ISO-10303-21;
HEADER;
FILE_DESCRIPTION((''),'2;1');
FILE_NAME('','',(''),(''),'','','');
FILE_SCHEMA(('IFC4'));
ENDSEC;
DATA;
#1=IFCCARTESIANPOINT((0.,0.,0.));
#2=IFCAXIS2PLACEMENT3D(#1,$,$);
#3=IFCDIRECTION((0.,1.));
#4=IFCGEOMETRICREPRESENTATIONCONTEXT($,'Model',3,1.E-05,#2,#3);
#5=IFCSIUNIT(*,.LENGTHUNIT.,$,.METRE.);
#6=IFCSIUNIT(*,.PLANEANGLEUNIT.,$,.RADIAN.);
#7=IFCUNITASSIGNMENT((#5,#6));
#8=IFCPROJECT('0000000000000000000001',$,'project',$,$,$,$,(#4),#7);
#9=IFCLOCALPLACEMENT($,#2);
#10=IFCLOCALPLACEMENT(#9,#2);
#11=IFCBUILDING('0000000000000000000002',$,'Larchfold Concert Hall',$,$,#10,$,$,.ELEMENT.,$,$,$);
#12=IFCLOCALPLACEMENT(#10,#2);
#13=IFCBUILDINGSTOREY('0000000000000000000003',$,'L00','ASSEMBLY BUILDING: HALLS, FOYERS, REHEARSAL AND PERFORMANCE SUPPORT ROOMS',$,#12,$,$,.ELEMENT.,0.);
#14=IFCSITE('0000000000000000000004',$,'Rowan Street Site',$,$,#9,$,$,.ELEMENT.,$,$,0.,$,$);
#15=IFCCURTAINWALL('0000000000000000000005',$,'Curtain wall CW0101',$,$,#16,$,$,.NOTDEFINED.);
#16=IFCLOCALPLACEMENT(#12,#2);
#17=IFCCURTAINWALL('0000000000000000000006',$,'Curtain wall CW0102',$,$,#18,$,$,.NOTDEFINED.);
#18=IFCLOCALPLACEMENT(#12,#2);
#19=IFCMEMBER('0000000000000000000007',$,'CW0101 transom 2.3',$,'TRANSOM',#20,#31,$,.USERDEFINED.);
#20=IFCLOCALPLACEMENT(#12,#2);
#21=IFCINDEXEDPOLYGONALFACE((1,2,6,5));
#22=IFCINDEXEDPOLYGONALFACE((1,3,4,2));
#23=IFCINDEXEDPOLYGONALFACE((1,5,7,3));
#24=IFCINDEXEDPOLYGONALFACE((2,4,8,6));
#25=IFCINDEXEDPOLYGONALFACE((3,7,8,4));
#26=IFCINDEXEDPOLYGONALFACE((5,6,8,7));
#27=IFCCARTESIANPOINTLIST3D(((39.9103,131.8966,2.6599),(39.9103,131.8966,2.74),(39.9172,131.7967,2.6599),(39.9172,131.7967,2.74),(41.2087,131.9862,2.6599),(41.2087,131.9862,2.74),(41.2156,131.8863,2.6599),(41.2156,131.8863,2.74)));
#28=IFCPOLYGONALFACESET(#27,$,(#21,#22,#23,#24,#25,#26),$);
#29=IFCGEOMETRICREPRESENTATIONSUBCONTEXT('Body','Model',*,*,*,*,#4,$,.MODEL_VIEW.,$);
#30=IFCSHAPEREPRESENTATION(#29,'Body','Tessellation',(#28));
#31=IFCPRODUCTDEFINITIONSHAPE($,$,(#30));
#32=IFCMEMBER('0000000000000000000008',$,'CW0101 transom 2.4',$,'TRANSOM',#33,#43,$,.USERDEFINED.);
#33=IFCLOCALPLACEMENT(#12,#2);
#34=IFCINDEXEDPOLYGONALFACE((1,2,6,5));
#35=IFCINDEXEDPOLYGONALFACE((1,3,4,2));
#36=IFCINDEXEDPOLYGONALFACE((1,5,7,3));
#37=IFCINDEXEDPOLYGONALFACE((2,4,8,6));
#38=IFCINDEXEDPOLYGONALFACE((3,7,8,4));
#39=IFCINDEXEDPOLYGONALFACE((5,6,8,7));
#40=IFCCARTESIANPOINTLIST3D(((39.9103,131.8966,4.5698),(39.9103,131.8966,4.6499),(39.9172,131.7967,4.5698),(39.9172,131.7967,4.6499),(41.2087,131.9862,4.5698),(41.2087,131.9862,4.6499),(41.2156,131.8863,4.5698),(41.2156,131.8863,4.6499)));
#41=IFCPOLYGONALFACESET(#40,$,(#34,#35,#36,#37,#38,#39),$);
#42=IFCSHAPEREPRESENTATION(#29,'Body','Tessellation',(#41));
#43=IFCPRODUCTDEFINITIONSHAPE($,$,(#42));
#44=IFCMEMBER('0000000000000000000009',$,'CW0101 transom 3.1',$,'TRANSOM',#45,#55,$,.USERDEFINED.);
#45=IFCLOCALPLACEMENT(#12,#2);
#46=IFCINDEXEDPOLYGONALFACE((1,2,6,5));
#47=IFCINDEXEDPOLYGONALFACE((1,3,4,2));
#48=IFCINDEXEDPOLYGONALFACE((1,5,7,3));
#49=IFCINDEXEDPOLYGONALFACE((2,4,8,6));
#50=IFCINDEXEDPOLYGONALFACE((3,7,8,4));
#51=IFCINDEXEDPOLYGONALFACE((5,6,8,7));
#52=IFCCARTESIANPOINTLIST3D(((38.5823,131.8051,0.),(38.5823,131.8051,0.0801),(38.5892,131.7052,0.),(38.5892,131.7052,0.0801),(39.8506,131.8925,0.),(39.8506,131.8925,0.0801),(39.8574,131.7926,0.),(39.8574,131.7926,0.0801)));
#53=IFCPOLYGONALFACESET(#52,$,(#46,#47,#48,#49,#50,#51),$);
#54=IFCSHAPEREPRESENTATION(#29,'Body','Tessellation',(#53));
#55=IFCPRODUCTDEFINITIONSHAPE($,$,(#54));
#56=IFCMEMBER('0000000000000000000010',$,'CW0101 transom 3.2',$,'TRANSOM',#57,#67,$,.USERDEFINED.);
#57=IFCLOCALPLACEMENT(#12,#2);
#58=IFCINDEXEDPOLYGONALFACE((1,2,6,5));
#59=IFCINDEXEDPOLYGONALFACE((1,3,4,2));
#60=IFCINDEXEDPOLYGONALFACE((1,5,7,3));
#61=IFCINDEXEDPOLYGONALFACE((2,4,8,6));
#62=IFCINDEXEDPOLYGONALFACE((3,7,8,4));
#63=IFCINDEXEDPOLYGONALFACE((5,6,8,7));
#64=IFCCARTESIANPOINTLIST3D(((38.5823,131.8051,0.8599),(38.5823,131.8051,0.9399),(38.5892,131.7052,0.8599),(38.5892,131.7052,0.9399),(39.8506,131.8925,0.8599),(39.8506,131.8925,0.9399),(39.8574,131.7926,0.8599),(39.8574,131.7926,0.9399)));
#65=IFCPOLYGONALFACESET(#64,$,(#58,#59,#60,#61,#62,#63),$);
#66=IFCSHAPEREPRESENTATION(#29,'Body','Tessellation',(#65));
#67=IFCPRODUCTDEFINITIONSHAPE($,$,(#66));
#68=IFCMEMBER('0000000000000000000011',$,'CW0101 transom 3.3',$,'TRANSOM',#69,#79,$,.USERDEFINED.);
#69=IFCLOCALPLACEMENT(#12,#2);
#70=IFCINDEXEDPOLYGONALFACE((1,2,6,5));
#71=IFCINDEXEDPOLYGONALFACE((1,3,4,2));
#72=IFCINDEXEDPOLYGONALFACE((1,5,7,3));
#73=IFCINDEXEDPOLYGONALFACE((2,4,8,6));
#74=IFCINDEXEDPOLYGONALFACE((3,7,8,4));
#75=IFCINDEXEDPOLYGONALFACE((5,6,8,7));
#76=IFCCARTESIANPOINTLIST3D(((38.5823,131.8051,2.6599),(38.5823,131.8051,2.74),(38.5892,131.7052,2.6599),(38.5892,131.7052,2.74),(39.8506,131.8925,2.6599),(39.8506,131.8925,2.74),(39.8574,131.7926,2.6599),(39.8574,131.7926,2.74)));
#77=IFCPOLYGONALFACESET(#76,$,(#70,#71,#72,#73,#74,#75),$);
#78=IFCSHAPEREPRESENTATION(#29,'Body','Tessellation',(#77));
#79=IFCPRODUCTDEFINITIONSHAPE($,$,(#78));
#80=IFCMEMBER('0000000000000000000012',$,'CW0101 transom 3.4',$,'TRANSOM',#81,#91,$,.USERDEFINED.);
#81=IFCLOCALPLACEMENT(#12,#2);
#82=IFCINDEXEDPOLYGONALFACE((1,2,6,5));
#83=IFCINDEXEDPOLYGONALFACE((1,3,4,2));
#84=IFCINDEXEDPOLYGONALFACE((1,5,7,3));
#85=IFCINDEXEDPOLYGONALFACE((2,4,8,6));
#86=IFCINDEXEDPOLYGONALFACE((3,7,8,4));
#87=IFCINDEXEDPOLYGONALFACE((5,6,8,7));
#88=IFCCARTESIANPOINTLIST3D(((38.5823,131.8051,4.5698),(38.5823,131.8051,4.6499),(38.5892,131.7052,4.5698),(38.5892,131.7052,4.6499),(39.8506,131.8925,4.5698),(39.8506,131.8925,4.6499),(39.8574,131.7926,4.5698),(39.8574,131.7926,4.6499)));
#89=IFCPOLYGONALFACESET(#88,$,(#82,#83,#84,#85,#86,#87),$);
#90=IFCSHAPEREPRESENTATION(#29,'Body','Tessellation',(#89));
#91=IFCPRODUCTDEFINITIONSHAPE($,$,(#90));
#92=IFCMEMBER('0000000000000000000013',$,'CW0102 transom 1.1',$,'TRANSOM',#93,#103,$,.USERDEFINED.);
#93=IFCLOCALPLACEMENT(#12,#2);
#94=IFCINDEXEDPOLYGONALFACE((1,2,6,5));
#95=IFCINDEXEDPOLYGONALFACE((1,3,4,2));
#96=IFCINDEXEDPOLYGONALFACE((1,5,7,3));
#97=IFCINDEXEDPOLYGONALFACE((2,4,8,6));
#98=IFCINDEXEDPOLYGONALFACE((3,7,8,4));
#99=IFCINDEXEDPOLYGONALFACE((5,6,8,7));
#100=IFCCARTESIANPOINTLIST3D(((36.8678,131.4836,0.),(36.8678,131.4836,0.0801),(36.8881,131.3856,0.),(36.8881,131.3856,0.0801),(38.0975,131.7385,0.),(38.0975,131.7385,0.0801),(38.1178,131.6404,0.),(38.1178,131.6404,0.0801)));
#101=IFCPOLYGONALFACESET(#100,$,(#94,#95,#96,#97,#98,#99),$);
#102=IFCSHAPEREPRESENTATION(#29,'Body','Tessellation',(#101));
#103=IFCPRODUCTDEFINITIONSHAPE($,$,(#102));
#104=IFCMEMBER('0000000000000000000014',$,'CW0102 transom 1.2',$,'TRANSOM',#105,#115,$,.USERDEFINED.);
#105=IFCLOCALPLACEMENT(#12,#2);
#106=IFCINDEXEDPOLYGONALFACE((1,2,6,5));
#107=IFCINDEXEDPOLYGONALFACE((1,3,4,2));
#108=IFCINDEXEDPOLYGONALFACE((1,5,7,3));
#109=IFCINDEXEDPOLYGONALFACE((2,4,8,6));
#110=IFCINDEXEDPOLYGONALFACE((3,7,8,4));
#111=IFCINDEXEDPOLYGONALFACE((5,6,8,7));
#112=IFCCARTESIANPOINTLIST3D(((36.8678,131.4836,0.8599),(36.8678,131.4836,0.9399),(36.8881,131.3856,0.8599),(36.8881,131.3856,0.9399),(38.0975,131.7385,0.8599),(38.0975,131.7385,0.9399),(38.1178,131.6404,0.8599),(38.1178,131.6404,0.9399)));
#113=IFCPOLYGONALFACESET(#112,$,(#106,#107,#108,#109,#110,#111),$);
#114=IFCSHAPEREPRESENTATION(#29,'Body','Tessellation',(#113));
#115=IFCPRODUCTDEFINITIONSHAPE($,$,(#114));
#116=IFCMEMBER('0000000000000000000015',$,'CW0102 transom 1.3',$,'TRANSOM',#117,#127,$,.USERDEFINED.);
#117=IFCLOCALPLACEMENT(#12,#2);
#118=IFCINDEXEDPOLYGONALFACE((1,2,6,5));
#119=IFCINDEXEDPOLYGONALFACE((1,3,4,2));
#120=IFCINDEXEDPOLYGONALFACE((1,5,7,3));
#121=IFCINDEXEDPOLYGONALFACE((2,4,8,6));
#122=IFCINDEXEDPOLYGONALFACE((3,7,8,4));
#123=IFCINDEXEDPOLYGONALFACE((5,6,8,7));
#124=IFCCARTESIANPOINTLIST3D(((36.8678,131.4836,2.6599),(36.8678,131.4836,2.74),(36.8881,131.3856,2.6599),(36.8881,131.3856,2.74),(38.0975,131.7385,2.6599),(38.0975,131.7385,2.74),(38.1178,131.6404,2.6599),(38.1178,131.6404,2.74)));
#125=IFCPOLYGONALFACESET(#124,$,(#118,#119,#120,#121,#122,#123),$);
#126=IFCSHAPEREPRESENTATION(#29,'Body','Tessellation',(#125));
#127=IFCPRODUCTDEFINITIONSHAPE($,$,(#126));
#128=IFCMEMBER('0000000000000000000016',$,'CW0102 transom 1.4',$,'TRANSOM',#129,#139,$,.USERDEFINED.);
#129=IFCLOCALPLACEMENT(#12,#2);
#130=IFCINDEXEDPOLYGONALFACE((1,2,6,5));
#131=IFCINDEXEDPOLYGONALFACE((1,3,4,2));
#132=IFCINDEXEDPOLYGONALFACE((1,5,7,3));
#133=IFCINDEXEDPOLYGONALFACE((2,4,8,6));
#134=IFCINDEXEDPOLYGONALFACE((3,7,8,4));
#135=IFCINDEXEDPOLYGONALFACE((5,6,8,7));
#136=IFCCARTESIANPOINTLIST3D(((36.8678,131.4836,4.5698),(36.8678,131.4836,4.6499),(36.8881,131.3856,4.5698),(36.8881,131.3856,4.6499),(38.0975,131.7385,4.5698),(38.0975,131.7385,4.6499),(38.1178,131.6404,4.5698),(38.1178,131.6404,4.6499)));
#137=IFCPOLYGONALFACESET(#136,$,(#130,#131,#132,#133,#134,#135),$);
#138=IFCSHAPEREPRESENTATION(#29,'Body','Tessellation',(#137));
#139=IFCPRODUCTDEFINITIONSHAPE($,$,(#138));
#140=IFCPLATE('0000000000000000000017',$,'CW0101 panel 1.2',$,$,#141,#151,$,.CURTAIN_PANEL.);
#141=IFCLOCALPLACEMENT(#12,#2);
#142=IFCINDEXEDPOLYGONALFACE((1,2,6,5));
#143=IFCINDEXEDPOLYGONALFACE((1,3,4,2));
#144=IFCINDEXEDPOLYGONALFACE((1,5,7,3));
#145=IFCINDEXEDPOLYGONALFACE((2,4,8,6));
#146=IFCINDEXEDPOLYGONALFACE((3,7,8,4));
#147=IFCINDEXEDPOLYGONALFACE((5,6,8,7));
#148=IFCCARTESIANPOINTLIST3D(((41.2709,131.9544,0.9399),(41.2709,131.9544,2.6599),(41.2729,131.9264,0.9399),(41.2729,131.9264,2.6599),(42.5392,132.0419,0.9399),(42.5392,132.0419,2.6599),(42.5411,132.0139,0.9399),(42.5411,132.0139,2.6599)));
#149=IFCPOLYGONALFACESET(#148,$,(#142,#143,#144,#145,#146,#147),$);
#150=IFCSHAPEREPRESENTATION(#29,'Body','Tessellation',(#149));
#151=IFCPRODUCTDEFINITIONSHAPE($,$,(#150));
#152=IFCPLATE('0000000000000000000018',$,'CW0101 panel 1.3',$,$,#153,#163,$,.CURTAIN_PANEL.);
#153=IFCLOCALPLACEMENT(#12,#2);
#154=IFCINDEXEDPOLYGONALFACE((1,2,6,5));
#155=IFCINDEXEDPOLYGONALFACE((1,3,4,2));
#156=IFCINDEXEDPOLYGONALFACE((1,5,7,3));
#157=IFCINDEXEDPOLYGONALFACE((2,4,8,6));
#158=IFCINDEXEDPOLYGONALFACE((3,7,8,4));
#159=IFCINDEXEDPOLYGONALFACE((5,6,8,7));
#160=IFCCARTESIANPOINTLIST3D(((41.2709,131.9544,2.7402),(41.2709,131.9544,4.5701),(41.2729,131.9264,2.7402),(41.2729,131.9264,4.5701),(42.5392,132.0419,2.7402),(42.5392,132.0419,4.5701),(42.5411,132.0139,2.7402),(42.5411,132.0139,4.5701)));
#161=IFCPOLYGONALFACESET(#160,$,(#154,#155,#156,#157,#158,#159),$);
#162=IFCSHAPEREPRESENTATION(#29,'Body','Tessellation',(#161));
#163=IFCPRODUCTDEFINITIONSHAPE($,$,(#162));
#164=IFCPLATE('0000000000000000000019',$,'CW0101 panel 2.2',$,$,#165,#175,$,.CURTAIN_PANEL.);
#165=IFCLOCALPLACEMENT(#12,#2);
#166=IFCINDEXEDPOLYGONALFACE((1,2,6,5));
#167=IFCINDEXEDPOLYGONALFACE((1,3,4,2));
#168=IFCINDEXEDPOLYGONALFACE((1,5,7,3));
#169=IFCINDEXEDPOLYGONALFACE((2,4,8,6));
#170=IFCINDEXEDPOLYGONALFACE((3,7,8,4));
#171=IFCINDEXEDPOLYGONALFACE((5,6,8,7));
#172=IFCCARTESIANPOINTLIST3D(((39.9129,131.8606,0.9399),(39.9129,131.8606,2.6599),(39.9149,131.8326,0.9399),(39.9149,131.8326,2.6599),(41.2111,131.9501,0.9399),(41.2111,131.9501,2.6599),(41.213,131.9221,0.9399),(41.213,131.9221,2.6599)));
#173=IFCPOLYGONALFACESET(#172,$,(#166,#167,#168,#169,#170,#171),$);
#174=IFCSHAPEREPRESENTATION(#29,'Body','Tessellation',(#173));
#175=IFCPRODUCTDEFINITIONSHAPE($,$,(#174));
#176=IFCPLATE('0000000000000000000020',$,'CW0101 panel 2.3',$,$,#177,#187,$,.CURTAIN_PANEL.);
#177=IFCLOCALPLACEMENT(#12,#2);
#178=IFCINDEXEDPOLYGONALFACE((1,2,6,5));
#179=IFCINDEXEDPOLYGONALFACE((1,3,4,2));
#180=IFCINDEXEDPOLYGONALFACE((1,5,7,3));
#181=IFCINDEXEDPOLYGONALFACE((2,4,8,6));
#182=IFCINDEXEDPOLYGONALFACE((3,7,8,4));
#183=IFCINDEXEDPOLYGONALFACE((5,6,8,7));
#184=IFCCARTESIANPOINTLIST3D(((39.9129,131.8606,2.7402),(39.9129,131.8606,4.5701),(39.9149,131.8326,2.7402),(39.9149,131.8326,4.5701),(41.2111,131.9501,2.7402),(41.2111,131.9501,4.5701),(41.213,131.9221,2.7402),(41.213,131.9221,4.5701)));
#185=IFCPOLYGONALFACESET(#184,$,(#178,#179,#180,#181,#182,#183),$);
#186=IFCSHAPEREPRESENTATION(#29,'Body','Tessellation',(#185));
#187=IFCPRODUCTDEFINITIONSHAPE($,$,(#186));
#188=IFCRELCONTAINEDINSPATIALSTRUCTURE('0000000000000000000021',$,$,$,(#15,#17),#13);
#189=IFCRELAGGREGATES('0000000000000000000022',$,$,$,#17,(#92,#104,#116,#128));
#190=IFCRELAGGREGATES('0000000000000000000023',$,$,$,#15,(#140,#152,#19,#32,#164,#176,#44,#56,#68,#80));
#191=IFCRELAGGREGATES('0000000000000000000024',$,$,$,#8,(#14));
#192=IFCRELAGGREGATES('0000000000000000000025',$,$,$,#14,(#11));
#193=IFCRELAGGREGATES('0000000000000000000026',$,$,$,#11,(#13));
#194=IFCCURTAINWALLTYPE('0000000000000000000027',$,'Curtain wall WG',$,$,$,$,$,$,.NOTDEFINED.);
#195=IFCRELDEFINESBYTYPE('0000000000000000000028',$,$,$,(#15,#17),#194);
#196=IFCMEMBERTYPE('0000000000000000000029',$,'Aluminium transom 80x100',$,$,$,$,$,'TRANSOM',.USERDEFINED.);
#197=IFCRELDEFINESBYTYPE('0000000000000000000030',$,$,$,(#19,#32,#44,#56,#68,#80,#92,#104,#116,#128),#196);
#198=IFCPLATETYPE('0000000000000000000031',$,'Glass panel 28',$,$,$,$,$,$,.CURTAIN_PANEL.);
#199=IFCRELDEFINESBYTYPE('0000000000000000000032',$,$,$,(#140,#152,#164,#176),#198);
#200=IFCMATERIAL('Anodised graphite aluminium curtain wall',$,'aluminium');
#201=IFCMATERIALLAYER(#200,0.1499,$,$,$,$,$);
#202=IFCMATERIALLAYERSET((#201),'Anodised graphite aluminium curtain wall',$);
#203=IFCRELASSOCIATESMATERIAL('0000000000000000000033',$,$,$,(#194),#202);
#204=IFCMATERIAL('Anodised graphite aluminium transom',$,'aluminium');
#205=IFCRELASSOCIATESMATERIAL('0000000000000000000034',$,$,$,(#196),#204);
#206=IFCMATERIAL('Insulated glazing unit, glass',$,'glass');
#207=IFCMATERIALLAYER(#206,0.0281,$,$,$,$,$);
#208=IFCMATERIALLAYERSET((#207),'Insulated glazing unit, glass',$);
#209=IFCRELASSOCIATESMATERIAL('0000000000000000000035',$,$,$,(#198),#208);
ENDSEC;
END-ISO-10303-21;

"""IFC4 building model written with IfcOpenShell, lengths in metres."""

from ifc_helpers import new_model, si_unit, direction, frame, origin, origin_2d, place, context, subcontext, project, spatial, rectangle, extrude, material, layer, layer_set, material_profile, profile_set, type_object, element, aggregate, save


model = new_model("IFC4")

# Units and contexts
model_context = context("Model", 3, precision=1e-05, world=origin(), true_north=direction((0.0, 1.0)))
body_context = subcontext(model_context, "Body", "Model", "MODEL_VIEW")
ifc_project = project(units=[si_unit("LENGTHUNIT", "METRE"), si_unit("PLANEANGLEUNIT", "RADIAN")], contexts=[model_context])

# Site, building, storey
site_placement = place(None, origin())
site = spatial("IfcSite", under=ifc_project, at=site_placement, Name="Rowan Street Site", CompositionType="ELEMENT", RefElevation=0.0)
building_placement = place(site_placement, origin())
building = spatial("IfcBuilding", under=site, at=building_placement, Name="Larchfold Concert Hall", CompositionType="ELEMENT")
storey_placement = place(building_placement, origin())
storey = spatial("IfcBuildingStorey", under=building, at=storey_placement, Name="L00", Description="ASSEMBLY BUILDING: HALLS, FOYERS, REHEARSAL AND PERFORMANCE SUPPORT ROOMS", CompositionType="ELEMENT", Elevation=0.0)

# Curtain wall
ifc_material_1 = material(Name="Anodised graphite aluminium curtain wall", Category="aluminium")
ifc_layer_1 = layer(ifc_material_1, 0.1499)
ifc_layer_set_1 = layer_set([ifc_layer_1], Name="Anodised graphite aluminium curtain wall")
curtain_wall_type = type_object("IfcCurtainWallType", Name="Curtain wall WG", PredefinedType="NOTDEFINED", material=ifc_layer_set_1)
curtain_wall_1_placement = place(storey_placement, origin())
curtain_wall_1 = element("IfcCurtainWall", 1, at=curtain_wall_1_placement, inside=storey, type_object=curtain_wall_type, Name="Curtain wall CW0101", PredefinedType="NOTDEFINED")

# Curtain wall
curtain_wall_2_placement = place(storey_placement, origin())
curtain_wall_2 = element("IfcCurtainWall", 2, at=curtain_wall_2_placement, inside=storey, type_object=curtain_wall_type, Name="Curtain wall CW0102", PredefinedType="NOTDEFINED")

# Members
ifc_material_2 = material(Name="Anodised graphite aluminium transom", Category="aluminium")
ifc_material_profile_1 = material_profile(ifc_material_2, rectangle(XDim=0.1001, YDim=0.0801, at=origin_2d()))
ifc_profile_set_1 = profile_set([ifc_material_profile_1], Name="Anodised graphite aluminium transom")
member_type_1 = type_object("IfcMemberType", Name="Aluminium transom 80x100", ElementType="TRANSOM", PredefinedType="USERDEFINED", material=ifc_profile_set_1)
member_1_placement = place(storey_placement, frame((41.2122, 131.9363, 2.7), z_axis=(-0.997627, -0.068847, 0.0), x_axis=(0.068847, -0.997627, 0.0)))
member_1 = element("IfcMember", 3, at=member_1_placement, type_object=member_type_1, Name="CW0101 transom 2.3", ObjectType="TRANSOM", PredefinedType="USERDEFINED", context=body_context, shape_type="SweptSolid", body=[
    extrude(rectangle(XDim=0.1001, YDim=0.0801, at=origin_2d()), origin(), (0.0, 0.0, 1.0), 1.3015),
])
member_2_placement = place(storey_placement, frame((41.2122, 131.9363, 4.6099), z_axis=(-0.997627, -0.068847, 0.0), x_axis=(0.068847, -0.997627, 0.0)))
member_2 = element("IfcMember", 4, at=member_2_placement, type_object=member_type_1, Name="CW0101 transom 2.4", ObjectType="TRANSOM", PredefinedType="USERDEFINED", context=body_context, shape_type="SweptSolid", body=[
    extrude(rectangle(XDim=0.1001, YDim=0.0801, at=origin_2d()), origin(), (0.0, 0.0, 1.0), 1.3015),
])
member_3_placement = place(storey_placement, frame((39.854, 131.8425, 0.04), z_axis=(-0.997634, -0.068749, 0.0), x_axis=(0.068749, -0.997634, 0.0)))
member_3 = element("IfcMember", 5, at=member_3_placement, type_object=member_type_1, Name="CW0101 transom 3.1", ObjectType="TRANSOM", PredefinedType="USERDEFINED", context=body_context, shape_type="SweptSolid", body=[
    extrude(rectangle(XDim=0.1001, YDim=0.0801, at=origin_2d()), origin(), (0.0, 0.0, 1.0), 1.2712),
])
member_4_placement = place(storey_placement, frame((39.854, 131.8425, 0.8999), z_axis=(-0.997634, -0.068749, 0.0), x_axis=(0.068749, -0.997634, 0.0)))
member_4 = element("IfcMember", 6, at=member_4_placement, type_object=member_type_1, Name="CW0101 transom 3.2", ObjectType="TRANSOM", PredefinedType="USERDEFINED", context=body_context, shape_type="SweptSolid", body=[
    extrude(rectangle(XDim=0.1001, YDim=0.0801, at=origin_2d()), origin(), (0.0, 0.0, 1.0), 1.2712),
])
member_5_placement = place(storey_placement, frame((39.854, 131.8425, 2.7), z_axis=(-0.997634, -0.068749, 0.0), x_axis=(0.068749, -0.997634, 0.0)))
member_5 = element("IfcMember", 7, at=member_5_placement, type_object=member_type_1, Name="CW0101 transom 3.3", ObjectType="TRANSOM", PredefinedType="USERDEFINED", context=body_context, shape_type="SweptSolid", body=[
    extrude(rectangle(XDim=0.1001, YDim=0.0801, at=origin_2d()), origin(), (0.0, 0.0, 1.0), 1.2712),
])
member_6_placement = place(storey_placement, frame((39.854, 131.8425, 4.6099), z_axis=(-0.997634, -0.068749, 0.0), x_axis=(0.068749, -0.997634, 0.0)))
member_6 = element("IfcMember", 8, at=member_6_placement, type_object=member_type_1, Name="CW0101 transom 3.4", ObjectType="TRANSOM", PredefinedType="USERDEFINED", context=body_context, shape_type="SweptSolid", body=[
    extrude(rectangle(XDim=0.1001, YDim=0.0801, at=origin_2d()), origin(), (0.0, 0.0, 1.0), 1.2712),
])
member_7_placement = place(storey_placement, frame((38.1077, 131.6895, 0.04), z_axis=(-0.979189, -0.202953, 0.0), x_axis=(0.202953, -0.979189, 0.0)))
member_7 = element("IfcMember", 9, at=member_7_placement, type_object=member_type_1, Name="CW0102 transom 1.1", ObjectType="TRANSOM", PredefinedType="USERDEFINED", context=body_context, shape_type="SweptSolid", body=[
    extrude(rectangle(XDim=0.1001, YDim=0.0801, at=origin_2d()), origin(), (0.0, 0.0, 1.0), 1.2559),
])
member_8_placement = place(storey_placement, frame((38.1077, 131.6895, 0.8999), z_axis=(-0.979189, -0.202953, 0.0), x_axis=(0.202953, -0.979189, 0.0)))
member_8 = element("IfcMember", 10, at=member_8_placement, type_object=member_type_1, Name="CW0102 transom 1.2", ObjectType="TRANSOM", PredefinedType="USERDEFINED", context=body_context, shape_type="SweptSolid", body=[
    extrude(rectangle(XDim=0.1001, YDim=0.0801, at=origin_2d()), origin(), (0.0, 0.0, 1.0), 1.2559),
])
member_9_placement = place(storey_placement, frame((38.1077, 131.6895, 2.7), z_axis=(-0.979189, -0.202953, 0.0), x_axis=(0.202953, -0.979189, 0.0)))
member_9 = element("IfcMember", 11, at=member_9_placement, type_object=member_type_1, Name="CW0102 transom 1.3", ObjectType="TRANSOM", PredefinedType="USERDEFINED", context=body_context, shape_type="SweptSolid", body=[
    extrude(rectangle(XDim=0.1001, YDim=0.0801, at=origin_2d()), origin(), (0.0, 0.0, 1.0), 1.2559),
])
member_10_placement = place(storey_placement, frame((38.1077, 131.6895, 4.6099), z_axis=(-0.979189, -0.202953, 0.0), x_axis=(0.202953, -0.979189, 0.0)))
member_10 = element("IfcMember", 12, at=member_10_placement, type_object=member_type_1, Name="CW0102 transom 1.4", ObjectType="TRANSOM", PredefinedType="USERDEFINED", context=body_context, shape_type="SweptSolid", body=[
    extrude(rectangle(XDim=0.1001, YDim=0.0801, at=origin_2d()), origin(), (0.0, 0.0, 1.0), 1.2559),
])
aggregate(curtain_wall_2, [member_7, member_8, member_9, member_10])

# Plates
ifc_material_3 = material(Name="Insulated glazing unit, glass", Category="glass")
ifc_layer_2 = layer(ifc_material_3, 0.0281)
ifc_layer_set_2 = layer_set([ifc_layer_2], Name="Insulated glazing unit, glass")
plate_type_1 = type_object("IfcPlateType", Name="Glass panel 28", PredefinedType="CURTAIN_PANEL", material=ifc_layer_set_2)
plate_1_placement = place(storey_placement, frame((41.906, 131.9841, 0.9399), z_axis=(0.0, 0.0, 1.0), x_axis=(-0.99763, -0.068808, 0.0)))
plate_1 = element("IfcPlate", 13, at=plate_1_placement, type_object=plate_type_1, Name="CW0101 panel 1.2", PredefinedType="CURTAIN_PANEL", context=body_context, shape_type="SweptSolid", body=[
    extrude(rectangle(XDim=1.2712, YDim=0.0281, at=origin_2d()), origin(), (0.0, 0.0, 1.0), 1.72),
])
plate_2_placement = place(storey_placement, frame((41.906, 131.9841, 2.7402), z_axis=(0.0, 0.0, 1.0), x_axis=(-0.99763, -0.068808, 0.0)))
plate_2 = element("IfcPlate", 14, at=plate_2_placement, type_object=plate_type_1, Name="CW0101 panel 1.3", PredefinedType="CURTAIN_PANEL", context=body_context, shape_type="SweptSolid", body=[
    extrude(rectangle(XDim=1.2712, YDim=0.0281, at=origin_2d()), origin(), (0.0, 0.0, 1.0), 1.8298),
])
plate_3_placement = place(storey_placement, frame((40.563, 131.8914, 0.9399), z_axis=(0.0, 0.0, 1.0), x_axis=(-0.99763, -0.068808, 0.0)))
plate_3 = element("IfcPlate", 15, at=plate_3_placement, type_object=plate_type_1, Name="CW0101 panel 2.2", PredefinedType="CURTAIN_PANEL", context=body_context, shape_type="SweptSolid", body=[
    extrude(rectangle(XDim=1.3013, YDim=0.0281, at=origin_2d()), origin(), (0.0, 0.0, 1.0), 1.72),
])
plate_4_placement = place(storey_placement, frame((40.563, 131.8914, 2.7402), z_axis=(0.0, 0.0, 1.0), x_axis=(-0.99763, -0.068808, 0.0)))
plate_4 = element("IfcPlate", 16, at=plate_4_placement, type_object=plate_type_1, Name="CW0101 panel 2.3", PredefinedType="CURTAIN_PANEL", context=body_context, shape_type="SweptSolid", body=[
    extrude(rectangle(XDim=1.3013, YDim=0.0281, at=origin_2d()), origin(), (0.0, 0.0, 1.0), 1.8298),
])
aggregate(curtain_wall_1, [plate_1, plate_2, member_1, member_2, plate_3, plate_4, member_3, member_4, member_5, member_6])

save(model, "model.ifc")
